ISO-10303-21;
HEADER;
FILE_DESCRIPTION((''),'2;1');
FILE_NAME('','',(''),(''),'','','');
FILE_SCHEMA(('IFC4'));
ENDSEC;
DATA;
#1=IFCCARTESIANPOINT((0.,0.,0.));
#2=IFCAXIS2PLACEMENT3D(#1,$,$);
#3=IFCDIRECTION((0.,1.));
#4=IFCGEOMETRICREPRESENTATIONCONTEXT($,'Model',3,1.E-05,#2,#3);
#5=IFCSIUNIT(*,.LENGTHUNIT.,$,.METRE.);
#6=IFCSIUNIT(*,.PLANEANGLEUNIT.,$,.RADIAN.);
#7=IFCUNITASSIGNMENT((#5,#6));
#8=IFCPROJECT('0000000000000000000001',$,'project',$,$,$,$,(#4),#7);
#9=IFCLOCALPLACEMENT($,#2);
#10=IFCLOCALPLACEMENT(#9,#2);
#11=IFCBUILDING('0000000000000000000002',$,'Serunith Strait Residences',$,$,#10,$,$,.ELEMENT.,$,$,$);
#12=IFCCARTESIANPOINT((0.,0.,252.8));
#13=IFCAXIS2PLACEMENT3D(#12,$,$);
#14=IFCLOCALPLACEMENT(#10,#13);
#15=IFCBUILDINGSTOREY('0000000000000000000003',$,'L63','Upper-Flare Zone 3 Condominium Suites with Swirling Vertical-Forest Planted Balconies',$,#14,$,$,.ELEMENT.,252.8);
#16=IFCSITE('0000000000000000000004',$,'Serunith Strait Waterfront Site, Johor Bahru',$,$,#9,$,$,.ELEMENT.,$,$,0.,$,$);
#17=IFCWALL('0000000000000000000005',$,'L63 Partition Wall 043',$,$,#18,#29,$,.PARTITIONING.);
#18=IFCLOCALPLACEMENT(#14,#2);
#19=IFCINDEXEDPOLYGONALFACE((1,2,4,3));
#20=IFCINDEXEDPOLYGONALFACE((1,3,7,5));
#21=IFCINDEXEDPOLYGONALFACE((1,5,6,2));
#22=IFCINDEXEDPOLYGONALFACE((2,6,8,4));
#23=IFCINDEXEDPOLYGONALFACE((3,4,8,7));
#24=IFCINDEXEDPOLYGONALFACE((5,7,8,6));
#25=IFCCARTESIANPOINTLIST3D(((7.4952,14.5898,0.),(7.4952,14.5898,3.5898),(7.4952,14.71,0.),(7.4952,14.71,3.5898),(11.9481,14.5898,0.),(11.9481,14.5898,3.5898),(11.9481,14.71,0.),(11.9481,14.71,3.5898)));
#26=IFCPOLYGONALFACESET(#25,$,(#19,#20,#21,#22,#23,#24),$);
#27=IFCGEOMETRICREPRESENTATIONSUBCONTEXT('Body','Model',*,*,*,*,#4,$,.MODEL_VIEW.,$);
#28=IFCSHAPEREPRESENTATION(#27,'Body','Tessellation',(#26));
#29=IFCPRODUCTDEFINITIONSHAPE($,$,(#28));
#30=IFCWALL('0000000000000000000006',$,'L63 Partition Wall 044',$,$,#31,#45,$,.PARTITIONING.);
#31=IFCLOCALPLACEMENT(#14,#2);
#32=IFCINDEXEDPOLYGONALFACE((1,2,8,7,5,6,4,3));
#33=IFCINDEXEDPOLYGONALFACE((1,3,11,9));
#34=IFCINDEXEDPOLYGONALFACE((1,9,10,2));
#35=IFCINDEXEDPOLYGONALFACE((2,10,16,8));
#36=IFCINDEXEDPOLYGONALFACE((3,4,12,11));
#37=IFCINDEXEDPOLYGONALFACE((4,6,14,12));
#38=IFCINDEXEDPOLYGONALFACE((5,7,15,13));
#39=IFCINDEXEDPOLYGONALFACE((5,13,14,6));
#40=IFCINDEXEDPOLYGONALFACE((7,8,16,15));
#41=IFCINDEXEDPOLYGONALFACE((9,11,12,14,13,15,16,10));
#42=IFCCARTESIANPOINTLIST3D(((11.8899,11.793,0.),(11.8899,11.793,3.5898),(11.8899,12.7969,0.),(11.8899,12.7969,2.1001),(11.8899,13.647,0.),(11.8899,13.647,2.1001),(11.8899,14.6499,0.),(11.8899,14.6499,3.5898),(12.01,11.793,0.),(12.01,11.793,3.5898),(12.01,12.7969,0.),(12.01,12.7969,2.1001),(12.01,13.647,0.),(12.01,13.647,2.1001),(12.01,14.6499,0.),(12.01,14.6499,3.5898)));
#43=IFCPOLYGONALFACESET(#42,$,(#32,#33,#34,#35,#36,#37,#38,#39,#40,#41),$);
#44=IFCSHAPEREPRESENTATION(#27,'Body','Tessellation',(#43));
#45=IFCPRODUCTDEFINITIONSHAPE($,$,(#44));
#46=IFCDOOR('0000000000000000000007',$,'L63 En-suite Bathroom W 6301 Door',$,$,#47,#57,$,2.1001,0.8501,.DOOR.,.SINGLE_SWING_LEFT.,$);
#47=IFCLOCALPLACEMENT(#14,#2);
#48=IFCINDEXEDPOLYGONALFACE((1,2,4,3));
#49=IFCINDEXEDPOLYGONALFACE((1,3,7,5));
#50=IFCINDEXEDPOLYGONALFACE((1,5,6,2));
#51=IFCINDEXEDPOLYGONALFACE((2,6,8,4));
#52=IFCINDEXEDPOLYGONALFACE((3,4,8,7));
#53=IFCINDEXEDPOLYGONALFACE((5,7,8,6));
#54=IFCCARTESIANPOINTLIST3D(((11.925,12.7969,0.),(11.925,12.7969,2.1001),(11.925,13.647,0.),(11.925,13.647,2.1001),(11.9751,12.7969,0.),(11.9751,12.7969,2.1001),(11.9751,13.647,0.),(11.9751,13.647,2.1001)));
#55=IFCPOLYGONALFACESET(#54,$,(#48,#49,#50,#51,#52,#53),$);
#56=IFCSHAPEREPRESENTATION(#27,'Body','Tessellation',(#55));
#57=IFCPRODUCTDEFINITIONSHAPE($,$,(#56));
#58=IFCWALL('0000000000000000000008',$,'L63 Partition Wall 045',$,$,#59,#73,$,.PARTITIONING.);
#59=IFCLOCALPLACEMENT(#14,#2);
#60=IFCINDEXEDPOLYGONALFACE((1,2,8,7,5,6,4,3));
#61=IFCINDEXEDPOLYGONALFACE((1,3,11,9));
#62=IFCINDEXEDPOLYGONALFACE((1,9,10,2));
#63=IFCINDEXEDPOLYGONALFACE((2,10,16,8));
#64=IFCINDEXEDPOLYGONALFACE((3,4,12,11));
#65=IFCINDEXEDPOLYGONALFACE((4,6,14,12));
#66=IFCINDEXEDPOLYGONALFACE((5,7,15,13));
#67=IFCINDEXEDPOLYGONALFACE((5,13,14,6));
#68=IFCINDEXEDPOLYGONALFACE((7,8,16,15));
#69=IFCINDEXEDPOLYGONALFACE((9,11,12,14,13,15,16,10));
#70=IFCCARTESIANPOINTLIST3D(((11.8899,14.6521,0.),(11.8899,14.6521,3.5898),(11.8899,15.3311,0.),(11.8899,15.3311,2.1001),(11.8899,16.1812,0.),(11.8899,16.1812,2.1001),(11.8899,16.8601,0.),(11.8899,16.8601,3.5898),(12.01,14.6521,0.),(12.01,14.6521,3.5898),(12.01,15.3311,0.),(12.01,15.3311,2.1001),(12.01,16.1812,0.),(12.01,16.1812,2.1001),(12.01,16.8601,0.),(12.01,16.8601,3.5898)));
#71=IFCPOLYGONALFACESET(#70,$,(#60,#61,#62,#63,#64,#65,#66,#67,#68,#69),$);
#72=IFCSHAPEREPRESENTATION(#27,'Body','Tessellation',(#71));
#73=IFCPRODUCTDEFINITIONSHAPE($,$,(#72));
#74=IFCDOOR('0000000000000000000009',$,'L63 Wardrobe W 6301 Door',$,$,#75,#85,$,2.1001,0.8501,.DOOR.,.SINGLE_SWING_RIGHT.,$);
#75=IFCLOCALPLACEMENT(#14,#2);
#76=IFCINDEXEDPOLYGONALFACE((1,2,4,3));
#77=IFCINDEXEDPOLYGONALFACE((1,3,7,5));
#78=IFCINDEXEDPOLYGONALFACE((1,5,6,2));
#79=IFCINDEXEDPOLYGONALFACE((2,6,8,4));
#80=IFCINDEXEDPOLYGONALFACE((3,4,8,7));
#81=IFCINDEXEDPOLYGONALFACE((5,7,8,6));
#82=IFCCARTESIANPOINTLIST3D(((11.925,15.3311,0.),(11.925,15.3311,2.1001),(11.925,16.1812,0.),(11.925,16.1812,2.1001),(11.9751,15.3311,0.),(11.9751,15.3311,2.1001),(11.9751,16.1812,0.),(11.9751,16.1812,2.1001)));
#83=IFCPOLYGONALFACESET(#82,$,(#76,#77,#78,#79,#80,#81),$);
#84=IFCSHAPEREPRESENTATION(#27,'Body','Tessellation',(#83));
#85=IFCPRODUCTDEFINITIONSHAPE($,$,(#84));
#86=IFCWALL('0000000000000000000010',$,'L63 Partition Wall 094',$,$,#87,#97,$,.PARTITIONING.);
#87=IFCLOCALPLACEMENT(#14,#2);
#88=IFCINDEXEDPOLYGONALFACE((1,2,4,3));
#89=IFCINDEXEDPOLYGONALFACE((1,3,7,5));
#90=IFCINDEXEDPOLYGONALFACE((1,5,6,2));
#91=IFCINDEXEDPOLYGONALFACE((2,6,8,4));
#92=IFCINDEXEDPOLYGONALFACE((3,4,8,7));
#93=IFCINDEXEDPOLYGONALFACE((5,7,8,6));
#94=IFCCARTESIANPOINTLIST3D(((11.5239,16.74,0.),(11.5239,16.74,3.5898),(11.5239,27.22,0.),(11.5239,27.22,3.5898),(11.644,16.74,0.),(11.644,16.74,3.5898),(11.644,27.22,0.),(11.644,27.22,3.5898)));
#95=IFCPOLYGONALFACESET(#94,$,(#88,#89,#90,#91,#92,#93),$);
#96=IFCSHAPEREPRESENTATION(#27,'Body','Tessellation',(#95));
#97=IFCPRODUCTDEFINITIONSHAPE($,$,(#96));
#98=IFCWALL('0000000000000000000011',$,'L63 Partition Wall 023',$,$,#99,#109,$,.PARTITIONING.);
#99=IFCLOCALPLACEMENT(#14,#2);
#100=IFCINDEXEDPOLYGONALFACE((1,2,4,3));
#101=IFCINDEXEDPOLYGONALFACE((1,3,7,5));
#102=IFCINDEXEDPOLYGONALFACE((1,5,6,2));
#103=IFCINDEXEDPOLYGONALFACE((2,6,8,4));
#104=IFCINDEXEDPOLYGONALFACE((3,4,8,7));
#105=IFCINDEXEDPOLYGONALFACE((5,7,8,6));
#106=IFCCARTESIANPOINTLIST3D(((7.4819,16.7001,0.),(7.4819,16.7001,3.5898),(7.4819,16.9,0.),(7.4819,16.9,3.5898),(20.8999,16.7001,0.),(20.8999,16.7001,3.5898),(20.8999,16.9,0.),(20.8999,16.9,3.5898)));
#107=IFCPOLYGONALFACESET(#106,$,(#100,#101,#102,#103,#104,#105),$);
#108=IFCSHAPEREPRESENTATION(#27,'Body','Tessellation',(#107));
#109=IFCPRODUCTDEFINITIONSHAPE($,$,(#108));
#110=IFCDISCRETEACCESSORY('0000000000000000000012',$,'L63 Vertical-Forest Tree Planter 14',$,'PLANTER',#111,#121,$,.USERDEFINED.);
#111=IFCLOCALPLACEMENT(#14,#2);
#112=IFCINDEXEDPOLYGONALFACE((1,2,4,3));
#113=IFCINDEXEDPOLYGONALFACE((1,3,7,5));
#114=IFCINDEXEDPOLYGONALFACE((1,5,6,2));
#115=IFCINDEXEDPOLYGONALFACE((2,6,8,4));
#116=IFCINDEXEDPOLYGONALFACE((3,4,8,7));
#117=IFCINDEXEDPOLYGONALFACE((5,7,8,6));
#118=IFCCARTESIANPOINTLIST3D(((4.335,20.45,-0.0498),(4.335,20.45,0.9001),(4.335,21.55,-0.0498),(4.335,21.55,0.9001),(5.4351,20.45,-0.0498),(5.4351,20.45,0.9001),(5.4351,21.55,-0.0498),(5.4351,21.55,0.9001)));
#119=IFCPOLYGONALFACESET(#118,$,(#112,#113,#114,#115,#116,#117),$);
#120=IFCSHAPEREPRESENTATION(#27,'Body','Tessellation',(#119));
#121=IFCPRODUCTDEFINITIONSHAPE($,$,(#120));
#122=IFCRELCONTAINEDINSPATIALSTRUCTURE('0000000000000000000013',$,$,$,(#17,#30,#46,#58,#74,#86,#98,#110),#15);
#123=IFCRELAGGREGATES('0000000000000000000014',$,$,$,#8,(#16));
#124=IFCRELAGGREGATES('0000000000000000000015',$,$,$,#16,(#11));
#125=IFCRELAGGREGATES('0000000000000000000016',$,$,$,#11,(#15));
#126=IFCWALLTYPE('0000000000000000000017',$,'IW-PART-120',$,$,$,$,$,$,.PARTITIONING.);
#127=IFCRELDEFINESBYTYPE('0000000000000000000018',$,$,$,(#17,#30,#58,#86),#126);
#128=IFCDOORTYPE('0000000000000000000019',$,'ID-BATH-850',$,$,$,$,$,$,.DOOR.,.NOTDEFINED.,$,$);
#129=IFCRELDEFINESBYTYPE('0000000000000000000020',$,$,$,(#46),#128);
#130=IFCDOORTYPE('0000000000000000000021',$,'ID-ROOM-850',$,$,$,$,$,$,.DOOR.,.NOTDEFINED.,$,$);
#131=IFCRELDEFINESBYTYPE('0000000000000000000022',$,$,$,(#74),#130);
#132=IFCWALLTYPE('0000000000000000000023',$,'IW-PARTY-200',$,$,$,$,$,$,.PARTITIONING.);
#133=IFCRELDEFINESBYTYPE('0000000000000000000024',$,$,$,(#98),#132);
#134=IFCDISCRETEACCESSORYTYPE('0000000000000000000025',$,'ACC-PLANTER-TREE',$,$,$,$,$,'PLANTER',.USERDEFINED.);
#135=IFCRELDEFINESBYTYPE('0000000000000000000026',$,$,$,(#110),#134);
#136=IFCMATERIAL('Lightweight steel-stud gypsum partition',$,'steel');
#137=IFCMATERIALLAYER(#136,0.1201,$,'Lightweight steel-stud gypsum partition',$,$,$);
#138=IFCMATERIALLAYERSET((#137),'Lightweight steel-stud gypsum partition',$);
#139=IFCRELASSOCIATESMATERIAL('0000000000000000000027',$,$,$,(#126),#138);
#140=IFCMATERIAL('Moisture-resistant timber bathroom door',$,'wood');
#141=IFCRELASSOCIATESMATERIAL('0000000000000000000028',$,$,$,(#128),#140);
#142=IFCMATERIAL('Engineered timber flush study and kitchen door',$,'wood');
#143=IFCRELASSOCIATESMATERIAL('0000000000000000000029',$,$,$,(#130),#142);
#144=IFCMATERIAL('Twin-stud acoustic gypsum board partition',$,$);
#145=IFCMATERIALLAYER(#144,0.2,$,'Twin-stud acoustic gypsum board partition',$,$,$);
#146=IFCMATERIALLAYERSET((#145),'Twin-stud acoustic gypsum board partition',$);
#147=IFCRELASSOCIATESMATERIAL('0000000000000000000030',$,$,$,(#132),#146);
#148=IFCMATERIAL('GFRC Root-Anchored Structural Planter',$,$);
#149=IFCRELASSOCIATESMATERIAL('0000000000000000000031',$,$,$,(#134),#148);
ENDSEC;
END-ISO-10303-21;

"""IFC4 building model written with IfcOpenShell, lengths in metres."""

from ifc_helpers import new_model, si_unit, direction, frame, frame_2d, origin, origin_2d, place, context, subcontext, project, spatial, rectangle, extrude, source, transform, mapped, material, layer, layer_set, type_object, element, fill, save


model = new_model("IFC4")

# Units and contexts
model_context = context("Model", 3, precision=1e-05, world=origin(), true_north=direction((0.0, 1.0)))
body_context = subcontext(model_context, "Body", "Model", "MODEL_VIEW")
ifc_project = project(units=[si_unit("LENGTHUNIT", "METRE"), si_unit("PLANEANGLEUNIT", "RADIAN")], contexts=[model_context])

# Site, building, storey
site_placement = place(None, origin())
site = spatial("IfcSite", under=ifc_project, at=site_placement, Name="Serunith Strait Waterfront Site, Johor Bahru", CompositionType="ELEMENT", RefElevation=0.0)
building_placement = place(site_placement, origin())
building = spatial("IfcBuilding", under=site, at=building_placement, Name="Serunith Strait Residences", CompositionType="ELEMENT")
storey_placement = place(building_placement, frame((0.0, 0.0, 252.8)))
storey = spatial("IfcBuildingStorey", under=building, at=storey_placement, Name="L63", Description="Upper-Flare Zone 3 Condominium Suites with Swirling Vertical-Forest Planted Balconies", CompositionType="ELEMENT", Elevation=252.8)

# Shared definitions
ifc_material_1 = material(Name="Lightweight steel-stud gypsum partition", Category="steel")
ifc_layer_1 = layer(ifc_material_1, 0.1201, Name="Lightweight steel-stud gypsum partition")
ifc_layer_set_1 = layer_set([ifc_layer_1], Name="Lightweight steel-stud gypsum partition")
wall_type_1 = type_object("IfcWallType", Name="IW-PART-120", PredefinedType="PARTITIONING", material=ifc_layer_set_1)
ifc_material_2 = material(Name="Moisture-resistant timber bathroom door", Category="wood")
door_type_1 = type_object("IfcDoorType", Name="ID-BATH-850", OperationType="NOTDEFINED", PredefinedType="DOOR", material=ifc_material_2)
shared_shape_1 = source(origin(), body_context, "Body", "SweptSolid", [
    extrude(rectangle(XDim=0.8501, YDim=2.1001, at=frame_2d((0.425, 1.05))), frame((0.0, 0.0249, 0.0), z_axis=(0.0, -1.0, 0.0), x_axis=(1.0, 0.0, 0.0)), (0.0, 0.0, 1.0), 0.05),
])

# Wall
wall_1_placement = place(storey_placement, frame((7.4951, 14.6499, 0.0), z_axis=(0.0, 0.0, 1.0), x_axis=(1.0, 0.0, 0.0)))
element("IfcWall", 1, at=wall_1_placement, inside=storey, type_object=wall_type_1, Name="L63 Partition Wall 043", PredefinedType="PARTITIONING", context=body_context, shape_type="SweptSolid", body=[
    extrude(rectangle(XDim=4.4529, YDim=0.1201, at=frame_2d((2.2266, 0.0))), origin(), (0.0, 0.0, 1.0), 3.5898),
])

# Walls, openings, doors
wall_2_placement = place(storey_placement, frame((11.95, 11.793, 0.0), z_axis=(0.0, 0.0, 1.0), x_axis=(0.0, 1.0, 0.0)))
wall_2 = element("IfcWall", 2, at=wall_2_placement, inside=storey, type_object=wall_type_1, Name="L63 Partition Wall 044", PredefinedType="PARTITIONING", context=body_context, shape_type="SweptSolid", body=[
    extrude(rectangle(XDim=2.8569, YDim=0.1201, at=frame_2d((1.4285, 0.0))), origin(), (0.0, 0.0, 1.0), 3.5898),
])
opening_1_placement = place(wall_2_placement, frame((1.0039, 0.0, 0.0)))
opening_1 = element("IfcOpeningElement", 3, at=opening_1_placement, cuts=wall_2, PredefinedType="OPENING", context=body_context, shape_type="SweptSolid", body=[
    extrude(rectangle(XDim=0.8501, YDim=2.1001, at=frame_2d((0.425, 1.05))), frame((0.0, 0.0701, 0.0), z_axis=(0.0, -1.0, 0.0), x_axis=(1.0, 0.0, 0.0)), (0.0, 0.0, 1.0), 0.1401),
])
door_1_placement = place(opening_1_placement, origin())
door_1 = element("IfcDoor", 4, at=door_1_placement, inside=storey, type_object=door_type_1, Name="L63 En-suite Bathroom W 6301 Door", OperationType="SINGLE_SWING_LEFT", OverallHeight=2.1001, OverallWidth=0.8501, PredefinedType="DOOR", context=body_context, shape_type="MappedRepresentation", body=[
    mapped(shared_shape_1, transform((0.0, 0.0, 0.0), scale=1.0)),
])
fill(opening_1, door_1)
wall_3_placement = place(storey_placement, frame((11.95, 14.6521, 0.0), z_axis=(0.0, 0.0, 1.0), x_axis=(0.0, 1.0, 0.0)))
wall_3 = element("IfcWall", 5, at=wall_3_placement, inside=storey, type_object=wall_type_1, Name="L63 Partition Wall 045", PredefinedType="PARTITIONING", context=body_context, shape_type="SweptSolid", body=[
    extrude(rectangle(XDim=2.208, YDim=0.1201, at=frame_2d((1.104, 0.0))), origin(), (0.0, 0.0, 1.0), 3.5898),
])
opening_2_placement = place(wall_3_placement, frame((0.679, 0.0, 0.0)))
opening_2 = element("IfcOpeningElement", 6, at=opening_2_placement, cuts=wall_3, PredefinedType="OPENING", context=body_context, shape_type="SweptSolid", body=[
    extrude(rectangle(XDim=0.8501, YDim=2.1001, at=frame_2d((0.425, 1.05))), frame((0.0, 0.0701, 0.0), z_axis=(0.0, -1.0, 0.0), x_axis=(1.0, 0.0, 0.0)), (0.0, 0.0, 1.0), 0.1401),
])
ifc_material_3 = material(Name="Engineered timber flush study and kitchen door", Category="wood")
door_type_2 = type_object("IfcDoorType", Name="ID-ROOM-850", OperationType="NOTDEFINED", PredefinedType="DOOR", material=ifc_material_3)
door_2_placement = place(opening_2_placement, origin())
door_2 = element("IfcDoor", 7, at=door_2_placement, inside=storey, type_object=door_type_2, Name="L63 Wardrobe W 6301 Door", OperationType="SINGLE_SWING_RIGHT", OverallHeight=2.1001, OverallWidth=0.8501, PredefinedType="DOOR", context=body_context, shape_type="MappedRepresentation", body=[
    mapped(shared_shape_1, transform((0.0, 0.0, 0.0), scale=1.0)),
])
fill(opening_2, door_2)

# Walls
wall_4_placement = place(storey_placement, frame((11.584, 16.74, 0.0), z_axis=(0.0, 0.0, 1.0), x_axis=(0.0, 1.0, 0.0)))
element("IfcWall", 8, at=wall_4_placement, inside=storey, type_object=wall_type_1, Name="L63 Partition Wall 094", PredefinedType="PARTITIONING", context=body_context, shape_type="SweptSolid", body=[
    extrude(rectangle(XDim=10.48, YDim=0.1201, at=frame_2d((5.24, 0.0))), origin(), (0.0, 0.0, 1.0), 3.5898),
])
ifc_material_4 = material(Name="Twin-stud acoustic gypsum board partition")
ifc_layer_2 = layer(ifc_material_4, 0.2, Name="Twin-stud acoustic gypsum board partition")
ifc_layer_set_2 = layer_set([ifc_layer_2], Name="Twin-stud acoustic gypsum board partition")
wall_type_2 = type_object("IfcWallType", Name="IW-PARTY-200", PredefinedType="PARTITIONING", material=ifc_layer_set_2)
wall_5_placement = place(storey_placement, frame((7.4819, 16.8, 0.0), z_axis=(0.0, 0.0, 1.0), x_axis=(1.0, 0.0, 0.0)))
element("IfcWall", 9, at=wall_5_placement, inside=storey, type_object=wall_type_2, Name="L63 Partition Wall 023", PredefinedType="PARTITIONING", context=body_context, shape_type="SweptSolid", body=[
    extrude(rectangle(XDim=13.418, YDim=0.2, at=frame_2d((6.709, 0.0))), origin(), (0.0, 0.0, 1.0), 3.5898),
])

# Discrete accessory
ifc_material_5 = material(Name="GFRC Root-Anchored Structural Planter")
discrete_accessory_type = type_object("IfcDiscreteAccessoryType", Name="ACC-PLANTER-TREE", ElementType="PLANTER", PredefinedType="USERDEFINED", material=ifc_material_5)
shared_shape_2 = source(origin(), body_context, "Body", "SweptSolid", [
    extrude(rectangle(XDim=1.1001, YDim=1.1001, at=origin_2d()), origin(), (0.0, 0.0, 1.0), 0.95),
])
discrete_accessory_placement = place(storey_placement, frame((4.885, 21.0, -0.0498), z_axis=(0.0, 0.0, 1.0), x_axis=(0.0, -1.0, 0.0)))
element("IfcDiscreteAccessory", 10, at=discrete_accessory_placement, inside=storey, type_object=discrete_accessory_type, Name="L63 Vertical-Forest Tree Planter 14", ObjectType="PLANTER", PredefinedType="USERDEFINED", context=body_context, shape_type="MappedRepresentation", body=[
    mapped(shared_shape_2, transform((0.0, 0.0, 0.0), scale=1.0)),
])

save(model, "model.ifc")
